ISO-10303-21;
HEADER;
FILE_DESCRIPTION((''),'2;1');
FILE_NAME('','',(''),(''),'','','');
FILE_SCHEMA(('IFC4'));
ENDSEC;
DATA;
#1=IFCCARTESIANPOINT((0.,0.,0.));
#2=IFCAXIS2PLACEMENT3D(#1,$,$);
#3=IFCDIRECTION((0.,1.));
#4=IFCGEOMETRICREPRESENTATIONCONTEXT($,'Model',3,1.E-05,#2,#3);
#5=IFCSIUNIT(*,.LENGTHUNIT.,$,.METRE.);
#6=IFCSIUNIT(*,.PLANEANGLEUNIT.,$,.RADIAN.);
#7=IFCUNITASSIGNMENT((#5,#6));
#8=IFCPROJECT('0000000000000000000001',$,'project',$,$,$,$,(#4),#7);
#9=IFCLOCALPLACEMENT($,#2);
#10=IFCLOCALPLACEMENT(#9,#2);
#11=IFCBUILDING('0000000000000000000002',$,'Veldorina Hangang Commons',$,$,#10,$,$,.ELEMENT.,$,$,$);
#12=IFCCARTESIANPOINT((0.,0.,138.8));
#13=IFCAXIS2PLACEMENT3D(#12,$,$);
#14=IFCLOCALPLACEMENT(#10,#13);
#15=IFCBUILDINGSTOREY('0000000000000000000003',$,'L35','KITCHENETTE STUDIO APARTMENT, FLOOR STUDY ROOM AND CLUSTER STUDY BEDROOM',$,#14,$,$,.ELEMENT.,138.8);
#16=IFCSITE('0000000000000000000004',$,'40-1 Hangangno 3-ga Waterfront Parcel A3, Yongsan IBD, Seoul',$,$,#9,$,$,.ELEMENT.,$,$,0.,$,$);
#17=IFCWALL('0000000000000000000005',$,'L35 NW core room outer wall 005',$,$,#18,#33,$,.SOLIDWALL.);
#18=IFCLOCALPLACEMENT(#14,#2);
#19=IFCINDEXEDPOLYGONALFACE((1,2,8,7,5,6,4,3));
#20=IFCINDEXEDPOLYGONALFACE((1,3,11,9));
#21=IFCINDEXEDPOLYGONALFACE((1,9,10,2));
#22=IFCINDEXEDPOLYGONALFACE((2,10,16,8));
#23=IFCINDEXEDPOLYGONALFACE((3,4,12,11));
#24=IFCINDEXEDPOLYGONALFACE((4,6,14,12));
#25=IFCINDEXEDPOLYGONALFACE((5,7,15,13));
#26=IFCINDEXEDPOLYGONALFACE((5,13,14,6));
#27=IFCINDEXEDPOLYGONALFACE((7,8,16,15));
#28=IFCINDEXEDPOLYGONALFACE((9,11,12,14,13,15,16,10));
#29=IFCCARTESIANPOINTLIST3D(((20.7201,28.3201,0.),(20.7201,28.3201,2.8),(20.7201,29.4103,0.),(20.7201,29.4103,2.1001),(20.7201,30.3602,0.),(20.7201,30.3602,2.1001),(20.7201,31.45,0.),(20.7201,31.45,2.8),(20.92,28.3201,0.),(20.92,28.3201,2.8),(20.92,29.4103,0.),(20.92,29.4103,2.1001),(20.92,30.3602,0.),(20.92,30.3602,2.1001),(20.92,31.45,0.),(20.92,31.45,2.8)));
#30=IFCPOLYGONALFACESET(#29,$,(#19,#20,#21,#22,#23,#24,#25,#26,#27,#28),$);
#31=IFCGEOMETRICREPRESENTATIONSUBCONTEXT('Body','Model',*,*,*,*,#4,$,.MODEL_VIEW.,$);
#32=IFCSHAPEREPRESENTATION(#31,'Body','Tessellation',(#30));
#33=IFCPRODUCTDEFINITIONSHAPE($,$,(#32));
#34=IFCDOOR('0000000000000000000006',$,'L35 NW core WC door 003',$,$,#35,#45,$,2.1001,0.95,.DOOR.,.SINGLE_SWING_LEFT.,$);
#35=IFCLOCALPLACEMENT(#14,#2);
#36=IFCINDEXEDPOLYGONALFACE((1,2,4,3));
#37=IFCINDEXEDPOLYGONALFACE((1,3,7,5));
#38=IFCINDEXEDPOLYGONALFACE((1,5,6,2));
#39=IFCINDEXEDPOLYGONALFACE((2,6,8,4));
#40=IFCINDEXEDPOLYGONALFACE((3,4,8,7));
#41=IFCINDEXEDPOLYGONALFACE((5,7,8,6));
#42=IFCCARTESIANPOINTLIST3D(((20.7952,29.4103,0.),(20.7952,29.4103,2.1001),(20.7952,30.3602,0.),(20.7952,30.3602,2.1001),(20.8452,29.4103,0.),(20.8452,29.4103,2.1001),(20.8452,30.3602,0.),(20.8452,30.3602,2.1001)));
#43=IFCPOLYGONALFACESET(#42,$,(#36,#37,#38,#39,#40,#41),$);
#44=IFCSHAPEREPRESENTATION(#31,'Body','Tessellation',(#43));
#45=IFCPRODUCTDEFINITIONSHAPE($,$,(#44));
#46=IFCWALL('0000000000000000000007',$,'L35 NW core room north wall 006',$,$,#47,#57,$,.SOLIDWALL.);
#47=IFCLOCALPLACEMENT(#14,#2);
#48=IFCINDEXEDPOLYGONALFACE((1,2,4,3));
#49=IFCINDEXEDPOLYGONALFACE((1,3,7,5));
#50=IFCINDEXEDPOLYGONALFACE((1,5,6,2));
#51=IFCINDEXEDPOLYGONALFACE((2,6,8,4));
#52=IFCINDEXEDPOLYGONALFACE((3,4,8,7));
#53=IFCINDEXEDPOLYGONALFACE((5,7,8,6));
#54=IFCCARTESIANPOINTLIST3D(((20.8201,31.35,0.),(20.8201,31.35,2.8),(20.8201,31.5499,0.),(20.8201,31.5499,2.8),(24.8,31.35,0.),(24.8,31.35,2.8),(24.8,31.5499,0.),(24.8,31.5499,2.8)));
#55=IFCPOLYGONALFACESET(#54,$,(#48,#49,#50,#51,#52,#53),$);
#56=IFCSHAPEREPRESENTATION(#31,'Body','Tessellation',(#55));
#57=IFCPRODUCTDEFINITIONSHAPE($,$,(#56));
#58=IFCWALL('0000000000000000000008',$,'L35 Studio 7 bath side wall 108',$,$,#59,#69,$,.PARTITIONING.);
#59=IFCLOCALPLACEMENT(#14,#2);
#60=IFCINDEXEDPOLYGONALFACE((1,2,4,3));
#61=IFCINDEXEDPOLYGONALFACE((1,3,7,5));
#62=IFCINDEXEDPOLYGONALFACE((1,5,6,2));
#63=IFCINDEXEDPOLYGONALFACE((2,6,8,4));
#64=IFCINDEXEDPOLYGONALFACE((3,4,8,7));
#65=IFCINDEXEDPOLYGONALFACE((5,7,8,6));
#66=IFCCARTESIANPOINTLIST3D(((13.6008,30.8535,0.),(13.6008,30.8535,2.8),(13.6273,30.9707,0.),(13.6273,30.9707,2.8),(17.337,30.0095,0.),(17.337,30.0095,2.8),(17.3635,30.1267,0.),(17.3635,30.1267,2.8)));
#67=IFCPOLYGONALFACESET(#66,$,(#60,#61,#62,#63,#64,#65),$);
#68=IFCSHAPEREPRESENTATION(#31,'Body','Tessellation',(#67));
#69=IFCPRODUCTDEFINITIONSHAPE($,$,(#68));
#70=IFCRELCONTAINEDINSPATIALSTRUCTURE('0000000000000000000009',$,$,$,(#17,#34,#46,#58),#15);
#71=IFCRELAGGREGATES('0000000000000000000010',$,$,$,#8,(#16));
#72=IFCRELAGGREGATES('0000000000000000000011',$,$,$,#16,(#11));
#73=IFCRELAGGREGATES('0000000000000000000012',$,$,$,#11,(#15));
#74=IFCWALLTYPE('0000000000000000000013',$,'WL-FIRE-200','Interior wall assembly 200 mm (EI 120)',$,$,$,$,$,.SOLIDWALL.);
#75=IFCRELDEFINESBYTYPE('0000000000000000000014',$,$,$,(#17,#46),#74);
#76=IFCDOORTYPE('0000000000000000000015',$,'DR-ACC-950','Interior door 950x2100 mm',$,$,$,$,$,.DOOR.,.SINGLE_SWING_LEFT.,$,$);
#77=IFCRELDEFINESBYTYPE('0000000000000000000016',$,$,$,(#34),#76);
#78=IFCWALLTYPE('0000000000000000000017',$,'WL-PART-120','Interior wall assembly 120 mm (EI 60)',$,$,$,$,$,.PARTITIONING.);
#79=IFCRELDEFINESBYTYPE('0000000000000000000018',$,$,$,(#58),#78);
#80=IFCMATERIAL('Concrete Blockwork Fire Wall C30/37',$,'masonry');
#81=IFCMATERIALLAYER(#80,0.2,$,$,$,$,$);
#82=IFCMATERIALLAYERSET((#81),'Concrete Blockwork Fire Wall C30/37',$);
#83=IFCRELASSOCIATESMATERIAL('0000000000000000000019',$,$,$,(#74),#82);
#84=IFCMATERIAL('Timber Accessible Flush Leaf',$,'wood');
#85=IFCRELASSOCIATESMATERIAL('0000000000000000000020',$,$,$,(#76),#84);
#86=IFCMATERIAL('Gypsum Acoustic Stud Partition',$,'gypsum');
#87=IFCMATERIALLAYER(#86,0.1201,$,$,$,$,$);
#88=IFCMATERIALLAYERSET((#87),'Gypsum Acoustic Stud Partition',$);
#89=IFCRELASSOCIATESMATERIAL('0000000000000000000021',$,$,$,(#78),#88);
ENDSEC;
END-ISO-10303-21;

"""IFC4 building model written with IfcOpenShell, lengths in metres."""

from ifc_helpers import new_model, si_unit, direction, frame, frame_2d, origin, place, context, subcontext, project, spatial, rectangle, extrude, material, layer, layer_set, type_object, element, fill, save


model = new_model("IFC4")

# Units and contexts
model_context = context("Model", 3, precision=1e-05, world=origin(), true_north=direction((0.0, 1.0)))
body_context = subcontext(model_context, "Body", "Model", "MODEL_VIEW")
ifc_project = project(units=[si_unit("LENGTHUNIT", "METRE"), si_unit("PLANEANGLEUNIT", "RADIAN")], contexts=[model_context])

# Site, building, storey
site_placement = place(None, origin())
site = spatial("IfcSite", under=ifc_project, at=site_placement, Name="40-1 Hangangno 3-ga Waterfront Parcel A3, Yongsan IBD, Seoul", CompositionType="ELEMENT", RefElevation=0.0)
building_placement = place(site_placement, origin())
building = spatial("IfcBuilding", under=site, at=building_placement, Name="Veldorina Hangang Commons", CompositionType="ELEMENT")
storey_placement = place(building_placement, frame((0.0, 0.0, 138.8)))
storey = spatial("IfcBuildingStorey", under=building, at=storey_placement, Name="L35", Description="KITCHENETTE STUDIO APARTMENT, FLOOR STUDY ROOM AND CLUSTER STUDY BEDROOM", CompositionType="ELEMENT", Elevation=138.8)

# Wall, opening, door
ifc_material_1 = material(Name="Concrete Blockwork Fire Wall C30/37", Category="masonry")
ifc_layer_1 = layer(ifc_material_1, 0.2)
ifc_layer_set_1 = layer_set([ifc_layer_1], Name="Concrete Blockwork Fire Wall C30/37")
wall_type_1 = type_object("IfcWallType", Name="WL-FIRE-200", Description="Interior wall assembly 200 mm (EI 120)", PredefinedType="SOLIDWALL", material=ifc_layer_set_1)
wall_1_placement = place(storey_placement, frame((20.8201, 28.3201, 0.0), z_axis=(0.0, 0.0, 1.0), x_axis=(0.0, 1.0, 0.0)))
wall_1 = element("IfcWall", 1, at=wall_1_placement, inside=storey, type_object=wall_type_1, Name="L35 NW core room outer wall 005", PredefinedType="SOLIDWALL", context=body_context, shape_type="SweptSolid", body=[
    extrude(rectangle(XDim=3.1299, YDim=0.2, at=frame_2d((1.5649, 0.0))), origin(), (0.0, 0.0, 1.0), 2.8),
])
opening_1_placement = place(wall_1_placement, frame((1.0901, 0.0, 0.0)))
opening_1 = element("IfcOpeningElement", 2, at=opening_1_placement, cuts=wall_1, PredefinedType="OPENING", context=body_context, shape_type="SweptSolid", body=[
    extrude(rectangle(XDim=0.95, YDim=2.1001, at=frame_2d((0.4751, 1.05))), frame((0.0, 0.1099, 0.0), z_axis=(0.0, -1.0, 0.0), x_axis=(1.0, 0.0, 0.0)), (0.0, 0.0, 1.0), 0.22),
])
ifc_material_2 = material(Name="Timber Accessible Flush Leaf", Category="wood")
door_type_1 = type_object("IfcDoorType", Name="DR-ACC-950", Description="Interior door 950x2100 mm", OperationType="SINGLE_SWING_LEFT", PredefinedType="DOOR", material=ifc_material_2)
door_1_placement = place(opening_1_placement, origin())
door_1 = element("IfcDoor", 3, at=door_1_placement, inside=storey, type_object=door_type_1, Name="L35 NW core WC door 003", OperationType="SINGLE_SWING_LEFT", OverallHeight=2.1001, OverallWidth=0.95, PredefinedType="DOOR", context=body_context, shape_type="SweptSolid", body=[
    extrude(rectangle(XDim=0.95, YDim=2.1001, at=frame_2d((0.4751, 1.05))), frame((0.0, 0.0249, 0.0), z_axis=(0.0, -1.0, 0.0), x_axis=(1.0, 0.0, 0.0)), (0.0, 0.0, 1.0), 0.05),
])
fill(opening_1, door_1)

# Walls
wall_2_placement = place(storey_placement, frame((20.8201, 31.45, 0.0), z_axis=(0.0, 0.0, 1.0), x_axis=(1.0, 0.0, 0.0)))
element("IfcWall", 4, at=wall_2_placement, inside=storey, type_object=wall_type_1, Name="L35 NW core room north wall 006", PredefinedType="SOLIDWALL", context=body_context, shape_type="SweptSolid", body=[
    extrude(rectangle(XDim=3.98, YDim=0.2, at=frame_2d((1.99, 0.0))), origin(), (0.0, 0.0, 1.0), 2.8),
])
ifc_material_3 = material(Name="Gypsum Acoustic Stud Partition", Category="gypsum")
ifc_layer_2 = layer(ifc_material_3, 0.1201)
ifc_layer_set_2 = layer_set([ifc_layer_2], Name="Gypsum Acoustic Stud Partition")
wall_type_2 = type_object("IfcWallType", Name="WL-PART-120", Description="Interior wall assembly 120 mm (EI 60)", PredefinedType="PARTITIONING", material=ifc_layer_set_2)
wall_3_placement = place(storey_placement, frame((17.3501, 30.0681, 0.0), z_axis=(0.0, 0.0, 1.0), x_axis=(-0.975421, 0.220351, 0.0)))
element("IfcWall", 5, at=wall_3_placement, inside=storey, type_object=wall_type_2, Name="L35 Studio 7 bath side wall 108", PredefinedType="PARTITIONING", context=body_context, shape_type="SweptSolid", body=[
    extrude(rectangle(XDim=3.8303, YDim=0.1201, at=frame_2d((1.915, 0.0))), origin(), (0.0, 0.0, 1.0), 2.8),
])

save(model, "model.ifc")
